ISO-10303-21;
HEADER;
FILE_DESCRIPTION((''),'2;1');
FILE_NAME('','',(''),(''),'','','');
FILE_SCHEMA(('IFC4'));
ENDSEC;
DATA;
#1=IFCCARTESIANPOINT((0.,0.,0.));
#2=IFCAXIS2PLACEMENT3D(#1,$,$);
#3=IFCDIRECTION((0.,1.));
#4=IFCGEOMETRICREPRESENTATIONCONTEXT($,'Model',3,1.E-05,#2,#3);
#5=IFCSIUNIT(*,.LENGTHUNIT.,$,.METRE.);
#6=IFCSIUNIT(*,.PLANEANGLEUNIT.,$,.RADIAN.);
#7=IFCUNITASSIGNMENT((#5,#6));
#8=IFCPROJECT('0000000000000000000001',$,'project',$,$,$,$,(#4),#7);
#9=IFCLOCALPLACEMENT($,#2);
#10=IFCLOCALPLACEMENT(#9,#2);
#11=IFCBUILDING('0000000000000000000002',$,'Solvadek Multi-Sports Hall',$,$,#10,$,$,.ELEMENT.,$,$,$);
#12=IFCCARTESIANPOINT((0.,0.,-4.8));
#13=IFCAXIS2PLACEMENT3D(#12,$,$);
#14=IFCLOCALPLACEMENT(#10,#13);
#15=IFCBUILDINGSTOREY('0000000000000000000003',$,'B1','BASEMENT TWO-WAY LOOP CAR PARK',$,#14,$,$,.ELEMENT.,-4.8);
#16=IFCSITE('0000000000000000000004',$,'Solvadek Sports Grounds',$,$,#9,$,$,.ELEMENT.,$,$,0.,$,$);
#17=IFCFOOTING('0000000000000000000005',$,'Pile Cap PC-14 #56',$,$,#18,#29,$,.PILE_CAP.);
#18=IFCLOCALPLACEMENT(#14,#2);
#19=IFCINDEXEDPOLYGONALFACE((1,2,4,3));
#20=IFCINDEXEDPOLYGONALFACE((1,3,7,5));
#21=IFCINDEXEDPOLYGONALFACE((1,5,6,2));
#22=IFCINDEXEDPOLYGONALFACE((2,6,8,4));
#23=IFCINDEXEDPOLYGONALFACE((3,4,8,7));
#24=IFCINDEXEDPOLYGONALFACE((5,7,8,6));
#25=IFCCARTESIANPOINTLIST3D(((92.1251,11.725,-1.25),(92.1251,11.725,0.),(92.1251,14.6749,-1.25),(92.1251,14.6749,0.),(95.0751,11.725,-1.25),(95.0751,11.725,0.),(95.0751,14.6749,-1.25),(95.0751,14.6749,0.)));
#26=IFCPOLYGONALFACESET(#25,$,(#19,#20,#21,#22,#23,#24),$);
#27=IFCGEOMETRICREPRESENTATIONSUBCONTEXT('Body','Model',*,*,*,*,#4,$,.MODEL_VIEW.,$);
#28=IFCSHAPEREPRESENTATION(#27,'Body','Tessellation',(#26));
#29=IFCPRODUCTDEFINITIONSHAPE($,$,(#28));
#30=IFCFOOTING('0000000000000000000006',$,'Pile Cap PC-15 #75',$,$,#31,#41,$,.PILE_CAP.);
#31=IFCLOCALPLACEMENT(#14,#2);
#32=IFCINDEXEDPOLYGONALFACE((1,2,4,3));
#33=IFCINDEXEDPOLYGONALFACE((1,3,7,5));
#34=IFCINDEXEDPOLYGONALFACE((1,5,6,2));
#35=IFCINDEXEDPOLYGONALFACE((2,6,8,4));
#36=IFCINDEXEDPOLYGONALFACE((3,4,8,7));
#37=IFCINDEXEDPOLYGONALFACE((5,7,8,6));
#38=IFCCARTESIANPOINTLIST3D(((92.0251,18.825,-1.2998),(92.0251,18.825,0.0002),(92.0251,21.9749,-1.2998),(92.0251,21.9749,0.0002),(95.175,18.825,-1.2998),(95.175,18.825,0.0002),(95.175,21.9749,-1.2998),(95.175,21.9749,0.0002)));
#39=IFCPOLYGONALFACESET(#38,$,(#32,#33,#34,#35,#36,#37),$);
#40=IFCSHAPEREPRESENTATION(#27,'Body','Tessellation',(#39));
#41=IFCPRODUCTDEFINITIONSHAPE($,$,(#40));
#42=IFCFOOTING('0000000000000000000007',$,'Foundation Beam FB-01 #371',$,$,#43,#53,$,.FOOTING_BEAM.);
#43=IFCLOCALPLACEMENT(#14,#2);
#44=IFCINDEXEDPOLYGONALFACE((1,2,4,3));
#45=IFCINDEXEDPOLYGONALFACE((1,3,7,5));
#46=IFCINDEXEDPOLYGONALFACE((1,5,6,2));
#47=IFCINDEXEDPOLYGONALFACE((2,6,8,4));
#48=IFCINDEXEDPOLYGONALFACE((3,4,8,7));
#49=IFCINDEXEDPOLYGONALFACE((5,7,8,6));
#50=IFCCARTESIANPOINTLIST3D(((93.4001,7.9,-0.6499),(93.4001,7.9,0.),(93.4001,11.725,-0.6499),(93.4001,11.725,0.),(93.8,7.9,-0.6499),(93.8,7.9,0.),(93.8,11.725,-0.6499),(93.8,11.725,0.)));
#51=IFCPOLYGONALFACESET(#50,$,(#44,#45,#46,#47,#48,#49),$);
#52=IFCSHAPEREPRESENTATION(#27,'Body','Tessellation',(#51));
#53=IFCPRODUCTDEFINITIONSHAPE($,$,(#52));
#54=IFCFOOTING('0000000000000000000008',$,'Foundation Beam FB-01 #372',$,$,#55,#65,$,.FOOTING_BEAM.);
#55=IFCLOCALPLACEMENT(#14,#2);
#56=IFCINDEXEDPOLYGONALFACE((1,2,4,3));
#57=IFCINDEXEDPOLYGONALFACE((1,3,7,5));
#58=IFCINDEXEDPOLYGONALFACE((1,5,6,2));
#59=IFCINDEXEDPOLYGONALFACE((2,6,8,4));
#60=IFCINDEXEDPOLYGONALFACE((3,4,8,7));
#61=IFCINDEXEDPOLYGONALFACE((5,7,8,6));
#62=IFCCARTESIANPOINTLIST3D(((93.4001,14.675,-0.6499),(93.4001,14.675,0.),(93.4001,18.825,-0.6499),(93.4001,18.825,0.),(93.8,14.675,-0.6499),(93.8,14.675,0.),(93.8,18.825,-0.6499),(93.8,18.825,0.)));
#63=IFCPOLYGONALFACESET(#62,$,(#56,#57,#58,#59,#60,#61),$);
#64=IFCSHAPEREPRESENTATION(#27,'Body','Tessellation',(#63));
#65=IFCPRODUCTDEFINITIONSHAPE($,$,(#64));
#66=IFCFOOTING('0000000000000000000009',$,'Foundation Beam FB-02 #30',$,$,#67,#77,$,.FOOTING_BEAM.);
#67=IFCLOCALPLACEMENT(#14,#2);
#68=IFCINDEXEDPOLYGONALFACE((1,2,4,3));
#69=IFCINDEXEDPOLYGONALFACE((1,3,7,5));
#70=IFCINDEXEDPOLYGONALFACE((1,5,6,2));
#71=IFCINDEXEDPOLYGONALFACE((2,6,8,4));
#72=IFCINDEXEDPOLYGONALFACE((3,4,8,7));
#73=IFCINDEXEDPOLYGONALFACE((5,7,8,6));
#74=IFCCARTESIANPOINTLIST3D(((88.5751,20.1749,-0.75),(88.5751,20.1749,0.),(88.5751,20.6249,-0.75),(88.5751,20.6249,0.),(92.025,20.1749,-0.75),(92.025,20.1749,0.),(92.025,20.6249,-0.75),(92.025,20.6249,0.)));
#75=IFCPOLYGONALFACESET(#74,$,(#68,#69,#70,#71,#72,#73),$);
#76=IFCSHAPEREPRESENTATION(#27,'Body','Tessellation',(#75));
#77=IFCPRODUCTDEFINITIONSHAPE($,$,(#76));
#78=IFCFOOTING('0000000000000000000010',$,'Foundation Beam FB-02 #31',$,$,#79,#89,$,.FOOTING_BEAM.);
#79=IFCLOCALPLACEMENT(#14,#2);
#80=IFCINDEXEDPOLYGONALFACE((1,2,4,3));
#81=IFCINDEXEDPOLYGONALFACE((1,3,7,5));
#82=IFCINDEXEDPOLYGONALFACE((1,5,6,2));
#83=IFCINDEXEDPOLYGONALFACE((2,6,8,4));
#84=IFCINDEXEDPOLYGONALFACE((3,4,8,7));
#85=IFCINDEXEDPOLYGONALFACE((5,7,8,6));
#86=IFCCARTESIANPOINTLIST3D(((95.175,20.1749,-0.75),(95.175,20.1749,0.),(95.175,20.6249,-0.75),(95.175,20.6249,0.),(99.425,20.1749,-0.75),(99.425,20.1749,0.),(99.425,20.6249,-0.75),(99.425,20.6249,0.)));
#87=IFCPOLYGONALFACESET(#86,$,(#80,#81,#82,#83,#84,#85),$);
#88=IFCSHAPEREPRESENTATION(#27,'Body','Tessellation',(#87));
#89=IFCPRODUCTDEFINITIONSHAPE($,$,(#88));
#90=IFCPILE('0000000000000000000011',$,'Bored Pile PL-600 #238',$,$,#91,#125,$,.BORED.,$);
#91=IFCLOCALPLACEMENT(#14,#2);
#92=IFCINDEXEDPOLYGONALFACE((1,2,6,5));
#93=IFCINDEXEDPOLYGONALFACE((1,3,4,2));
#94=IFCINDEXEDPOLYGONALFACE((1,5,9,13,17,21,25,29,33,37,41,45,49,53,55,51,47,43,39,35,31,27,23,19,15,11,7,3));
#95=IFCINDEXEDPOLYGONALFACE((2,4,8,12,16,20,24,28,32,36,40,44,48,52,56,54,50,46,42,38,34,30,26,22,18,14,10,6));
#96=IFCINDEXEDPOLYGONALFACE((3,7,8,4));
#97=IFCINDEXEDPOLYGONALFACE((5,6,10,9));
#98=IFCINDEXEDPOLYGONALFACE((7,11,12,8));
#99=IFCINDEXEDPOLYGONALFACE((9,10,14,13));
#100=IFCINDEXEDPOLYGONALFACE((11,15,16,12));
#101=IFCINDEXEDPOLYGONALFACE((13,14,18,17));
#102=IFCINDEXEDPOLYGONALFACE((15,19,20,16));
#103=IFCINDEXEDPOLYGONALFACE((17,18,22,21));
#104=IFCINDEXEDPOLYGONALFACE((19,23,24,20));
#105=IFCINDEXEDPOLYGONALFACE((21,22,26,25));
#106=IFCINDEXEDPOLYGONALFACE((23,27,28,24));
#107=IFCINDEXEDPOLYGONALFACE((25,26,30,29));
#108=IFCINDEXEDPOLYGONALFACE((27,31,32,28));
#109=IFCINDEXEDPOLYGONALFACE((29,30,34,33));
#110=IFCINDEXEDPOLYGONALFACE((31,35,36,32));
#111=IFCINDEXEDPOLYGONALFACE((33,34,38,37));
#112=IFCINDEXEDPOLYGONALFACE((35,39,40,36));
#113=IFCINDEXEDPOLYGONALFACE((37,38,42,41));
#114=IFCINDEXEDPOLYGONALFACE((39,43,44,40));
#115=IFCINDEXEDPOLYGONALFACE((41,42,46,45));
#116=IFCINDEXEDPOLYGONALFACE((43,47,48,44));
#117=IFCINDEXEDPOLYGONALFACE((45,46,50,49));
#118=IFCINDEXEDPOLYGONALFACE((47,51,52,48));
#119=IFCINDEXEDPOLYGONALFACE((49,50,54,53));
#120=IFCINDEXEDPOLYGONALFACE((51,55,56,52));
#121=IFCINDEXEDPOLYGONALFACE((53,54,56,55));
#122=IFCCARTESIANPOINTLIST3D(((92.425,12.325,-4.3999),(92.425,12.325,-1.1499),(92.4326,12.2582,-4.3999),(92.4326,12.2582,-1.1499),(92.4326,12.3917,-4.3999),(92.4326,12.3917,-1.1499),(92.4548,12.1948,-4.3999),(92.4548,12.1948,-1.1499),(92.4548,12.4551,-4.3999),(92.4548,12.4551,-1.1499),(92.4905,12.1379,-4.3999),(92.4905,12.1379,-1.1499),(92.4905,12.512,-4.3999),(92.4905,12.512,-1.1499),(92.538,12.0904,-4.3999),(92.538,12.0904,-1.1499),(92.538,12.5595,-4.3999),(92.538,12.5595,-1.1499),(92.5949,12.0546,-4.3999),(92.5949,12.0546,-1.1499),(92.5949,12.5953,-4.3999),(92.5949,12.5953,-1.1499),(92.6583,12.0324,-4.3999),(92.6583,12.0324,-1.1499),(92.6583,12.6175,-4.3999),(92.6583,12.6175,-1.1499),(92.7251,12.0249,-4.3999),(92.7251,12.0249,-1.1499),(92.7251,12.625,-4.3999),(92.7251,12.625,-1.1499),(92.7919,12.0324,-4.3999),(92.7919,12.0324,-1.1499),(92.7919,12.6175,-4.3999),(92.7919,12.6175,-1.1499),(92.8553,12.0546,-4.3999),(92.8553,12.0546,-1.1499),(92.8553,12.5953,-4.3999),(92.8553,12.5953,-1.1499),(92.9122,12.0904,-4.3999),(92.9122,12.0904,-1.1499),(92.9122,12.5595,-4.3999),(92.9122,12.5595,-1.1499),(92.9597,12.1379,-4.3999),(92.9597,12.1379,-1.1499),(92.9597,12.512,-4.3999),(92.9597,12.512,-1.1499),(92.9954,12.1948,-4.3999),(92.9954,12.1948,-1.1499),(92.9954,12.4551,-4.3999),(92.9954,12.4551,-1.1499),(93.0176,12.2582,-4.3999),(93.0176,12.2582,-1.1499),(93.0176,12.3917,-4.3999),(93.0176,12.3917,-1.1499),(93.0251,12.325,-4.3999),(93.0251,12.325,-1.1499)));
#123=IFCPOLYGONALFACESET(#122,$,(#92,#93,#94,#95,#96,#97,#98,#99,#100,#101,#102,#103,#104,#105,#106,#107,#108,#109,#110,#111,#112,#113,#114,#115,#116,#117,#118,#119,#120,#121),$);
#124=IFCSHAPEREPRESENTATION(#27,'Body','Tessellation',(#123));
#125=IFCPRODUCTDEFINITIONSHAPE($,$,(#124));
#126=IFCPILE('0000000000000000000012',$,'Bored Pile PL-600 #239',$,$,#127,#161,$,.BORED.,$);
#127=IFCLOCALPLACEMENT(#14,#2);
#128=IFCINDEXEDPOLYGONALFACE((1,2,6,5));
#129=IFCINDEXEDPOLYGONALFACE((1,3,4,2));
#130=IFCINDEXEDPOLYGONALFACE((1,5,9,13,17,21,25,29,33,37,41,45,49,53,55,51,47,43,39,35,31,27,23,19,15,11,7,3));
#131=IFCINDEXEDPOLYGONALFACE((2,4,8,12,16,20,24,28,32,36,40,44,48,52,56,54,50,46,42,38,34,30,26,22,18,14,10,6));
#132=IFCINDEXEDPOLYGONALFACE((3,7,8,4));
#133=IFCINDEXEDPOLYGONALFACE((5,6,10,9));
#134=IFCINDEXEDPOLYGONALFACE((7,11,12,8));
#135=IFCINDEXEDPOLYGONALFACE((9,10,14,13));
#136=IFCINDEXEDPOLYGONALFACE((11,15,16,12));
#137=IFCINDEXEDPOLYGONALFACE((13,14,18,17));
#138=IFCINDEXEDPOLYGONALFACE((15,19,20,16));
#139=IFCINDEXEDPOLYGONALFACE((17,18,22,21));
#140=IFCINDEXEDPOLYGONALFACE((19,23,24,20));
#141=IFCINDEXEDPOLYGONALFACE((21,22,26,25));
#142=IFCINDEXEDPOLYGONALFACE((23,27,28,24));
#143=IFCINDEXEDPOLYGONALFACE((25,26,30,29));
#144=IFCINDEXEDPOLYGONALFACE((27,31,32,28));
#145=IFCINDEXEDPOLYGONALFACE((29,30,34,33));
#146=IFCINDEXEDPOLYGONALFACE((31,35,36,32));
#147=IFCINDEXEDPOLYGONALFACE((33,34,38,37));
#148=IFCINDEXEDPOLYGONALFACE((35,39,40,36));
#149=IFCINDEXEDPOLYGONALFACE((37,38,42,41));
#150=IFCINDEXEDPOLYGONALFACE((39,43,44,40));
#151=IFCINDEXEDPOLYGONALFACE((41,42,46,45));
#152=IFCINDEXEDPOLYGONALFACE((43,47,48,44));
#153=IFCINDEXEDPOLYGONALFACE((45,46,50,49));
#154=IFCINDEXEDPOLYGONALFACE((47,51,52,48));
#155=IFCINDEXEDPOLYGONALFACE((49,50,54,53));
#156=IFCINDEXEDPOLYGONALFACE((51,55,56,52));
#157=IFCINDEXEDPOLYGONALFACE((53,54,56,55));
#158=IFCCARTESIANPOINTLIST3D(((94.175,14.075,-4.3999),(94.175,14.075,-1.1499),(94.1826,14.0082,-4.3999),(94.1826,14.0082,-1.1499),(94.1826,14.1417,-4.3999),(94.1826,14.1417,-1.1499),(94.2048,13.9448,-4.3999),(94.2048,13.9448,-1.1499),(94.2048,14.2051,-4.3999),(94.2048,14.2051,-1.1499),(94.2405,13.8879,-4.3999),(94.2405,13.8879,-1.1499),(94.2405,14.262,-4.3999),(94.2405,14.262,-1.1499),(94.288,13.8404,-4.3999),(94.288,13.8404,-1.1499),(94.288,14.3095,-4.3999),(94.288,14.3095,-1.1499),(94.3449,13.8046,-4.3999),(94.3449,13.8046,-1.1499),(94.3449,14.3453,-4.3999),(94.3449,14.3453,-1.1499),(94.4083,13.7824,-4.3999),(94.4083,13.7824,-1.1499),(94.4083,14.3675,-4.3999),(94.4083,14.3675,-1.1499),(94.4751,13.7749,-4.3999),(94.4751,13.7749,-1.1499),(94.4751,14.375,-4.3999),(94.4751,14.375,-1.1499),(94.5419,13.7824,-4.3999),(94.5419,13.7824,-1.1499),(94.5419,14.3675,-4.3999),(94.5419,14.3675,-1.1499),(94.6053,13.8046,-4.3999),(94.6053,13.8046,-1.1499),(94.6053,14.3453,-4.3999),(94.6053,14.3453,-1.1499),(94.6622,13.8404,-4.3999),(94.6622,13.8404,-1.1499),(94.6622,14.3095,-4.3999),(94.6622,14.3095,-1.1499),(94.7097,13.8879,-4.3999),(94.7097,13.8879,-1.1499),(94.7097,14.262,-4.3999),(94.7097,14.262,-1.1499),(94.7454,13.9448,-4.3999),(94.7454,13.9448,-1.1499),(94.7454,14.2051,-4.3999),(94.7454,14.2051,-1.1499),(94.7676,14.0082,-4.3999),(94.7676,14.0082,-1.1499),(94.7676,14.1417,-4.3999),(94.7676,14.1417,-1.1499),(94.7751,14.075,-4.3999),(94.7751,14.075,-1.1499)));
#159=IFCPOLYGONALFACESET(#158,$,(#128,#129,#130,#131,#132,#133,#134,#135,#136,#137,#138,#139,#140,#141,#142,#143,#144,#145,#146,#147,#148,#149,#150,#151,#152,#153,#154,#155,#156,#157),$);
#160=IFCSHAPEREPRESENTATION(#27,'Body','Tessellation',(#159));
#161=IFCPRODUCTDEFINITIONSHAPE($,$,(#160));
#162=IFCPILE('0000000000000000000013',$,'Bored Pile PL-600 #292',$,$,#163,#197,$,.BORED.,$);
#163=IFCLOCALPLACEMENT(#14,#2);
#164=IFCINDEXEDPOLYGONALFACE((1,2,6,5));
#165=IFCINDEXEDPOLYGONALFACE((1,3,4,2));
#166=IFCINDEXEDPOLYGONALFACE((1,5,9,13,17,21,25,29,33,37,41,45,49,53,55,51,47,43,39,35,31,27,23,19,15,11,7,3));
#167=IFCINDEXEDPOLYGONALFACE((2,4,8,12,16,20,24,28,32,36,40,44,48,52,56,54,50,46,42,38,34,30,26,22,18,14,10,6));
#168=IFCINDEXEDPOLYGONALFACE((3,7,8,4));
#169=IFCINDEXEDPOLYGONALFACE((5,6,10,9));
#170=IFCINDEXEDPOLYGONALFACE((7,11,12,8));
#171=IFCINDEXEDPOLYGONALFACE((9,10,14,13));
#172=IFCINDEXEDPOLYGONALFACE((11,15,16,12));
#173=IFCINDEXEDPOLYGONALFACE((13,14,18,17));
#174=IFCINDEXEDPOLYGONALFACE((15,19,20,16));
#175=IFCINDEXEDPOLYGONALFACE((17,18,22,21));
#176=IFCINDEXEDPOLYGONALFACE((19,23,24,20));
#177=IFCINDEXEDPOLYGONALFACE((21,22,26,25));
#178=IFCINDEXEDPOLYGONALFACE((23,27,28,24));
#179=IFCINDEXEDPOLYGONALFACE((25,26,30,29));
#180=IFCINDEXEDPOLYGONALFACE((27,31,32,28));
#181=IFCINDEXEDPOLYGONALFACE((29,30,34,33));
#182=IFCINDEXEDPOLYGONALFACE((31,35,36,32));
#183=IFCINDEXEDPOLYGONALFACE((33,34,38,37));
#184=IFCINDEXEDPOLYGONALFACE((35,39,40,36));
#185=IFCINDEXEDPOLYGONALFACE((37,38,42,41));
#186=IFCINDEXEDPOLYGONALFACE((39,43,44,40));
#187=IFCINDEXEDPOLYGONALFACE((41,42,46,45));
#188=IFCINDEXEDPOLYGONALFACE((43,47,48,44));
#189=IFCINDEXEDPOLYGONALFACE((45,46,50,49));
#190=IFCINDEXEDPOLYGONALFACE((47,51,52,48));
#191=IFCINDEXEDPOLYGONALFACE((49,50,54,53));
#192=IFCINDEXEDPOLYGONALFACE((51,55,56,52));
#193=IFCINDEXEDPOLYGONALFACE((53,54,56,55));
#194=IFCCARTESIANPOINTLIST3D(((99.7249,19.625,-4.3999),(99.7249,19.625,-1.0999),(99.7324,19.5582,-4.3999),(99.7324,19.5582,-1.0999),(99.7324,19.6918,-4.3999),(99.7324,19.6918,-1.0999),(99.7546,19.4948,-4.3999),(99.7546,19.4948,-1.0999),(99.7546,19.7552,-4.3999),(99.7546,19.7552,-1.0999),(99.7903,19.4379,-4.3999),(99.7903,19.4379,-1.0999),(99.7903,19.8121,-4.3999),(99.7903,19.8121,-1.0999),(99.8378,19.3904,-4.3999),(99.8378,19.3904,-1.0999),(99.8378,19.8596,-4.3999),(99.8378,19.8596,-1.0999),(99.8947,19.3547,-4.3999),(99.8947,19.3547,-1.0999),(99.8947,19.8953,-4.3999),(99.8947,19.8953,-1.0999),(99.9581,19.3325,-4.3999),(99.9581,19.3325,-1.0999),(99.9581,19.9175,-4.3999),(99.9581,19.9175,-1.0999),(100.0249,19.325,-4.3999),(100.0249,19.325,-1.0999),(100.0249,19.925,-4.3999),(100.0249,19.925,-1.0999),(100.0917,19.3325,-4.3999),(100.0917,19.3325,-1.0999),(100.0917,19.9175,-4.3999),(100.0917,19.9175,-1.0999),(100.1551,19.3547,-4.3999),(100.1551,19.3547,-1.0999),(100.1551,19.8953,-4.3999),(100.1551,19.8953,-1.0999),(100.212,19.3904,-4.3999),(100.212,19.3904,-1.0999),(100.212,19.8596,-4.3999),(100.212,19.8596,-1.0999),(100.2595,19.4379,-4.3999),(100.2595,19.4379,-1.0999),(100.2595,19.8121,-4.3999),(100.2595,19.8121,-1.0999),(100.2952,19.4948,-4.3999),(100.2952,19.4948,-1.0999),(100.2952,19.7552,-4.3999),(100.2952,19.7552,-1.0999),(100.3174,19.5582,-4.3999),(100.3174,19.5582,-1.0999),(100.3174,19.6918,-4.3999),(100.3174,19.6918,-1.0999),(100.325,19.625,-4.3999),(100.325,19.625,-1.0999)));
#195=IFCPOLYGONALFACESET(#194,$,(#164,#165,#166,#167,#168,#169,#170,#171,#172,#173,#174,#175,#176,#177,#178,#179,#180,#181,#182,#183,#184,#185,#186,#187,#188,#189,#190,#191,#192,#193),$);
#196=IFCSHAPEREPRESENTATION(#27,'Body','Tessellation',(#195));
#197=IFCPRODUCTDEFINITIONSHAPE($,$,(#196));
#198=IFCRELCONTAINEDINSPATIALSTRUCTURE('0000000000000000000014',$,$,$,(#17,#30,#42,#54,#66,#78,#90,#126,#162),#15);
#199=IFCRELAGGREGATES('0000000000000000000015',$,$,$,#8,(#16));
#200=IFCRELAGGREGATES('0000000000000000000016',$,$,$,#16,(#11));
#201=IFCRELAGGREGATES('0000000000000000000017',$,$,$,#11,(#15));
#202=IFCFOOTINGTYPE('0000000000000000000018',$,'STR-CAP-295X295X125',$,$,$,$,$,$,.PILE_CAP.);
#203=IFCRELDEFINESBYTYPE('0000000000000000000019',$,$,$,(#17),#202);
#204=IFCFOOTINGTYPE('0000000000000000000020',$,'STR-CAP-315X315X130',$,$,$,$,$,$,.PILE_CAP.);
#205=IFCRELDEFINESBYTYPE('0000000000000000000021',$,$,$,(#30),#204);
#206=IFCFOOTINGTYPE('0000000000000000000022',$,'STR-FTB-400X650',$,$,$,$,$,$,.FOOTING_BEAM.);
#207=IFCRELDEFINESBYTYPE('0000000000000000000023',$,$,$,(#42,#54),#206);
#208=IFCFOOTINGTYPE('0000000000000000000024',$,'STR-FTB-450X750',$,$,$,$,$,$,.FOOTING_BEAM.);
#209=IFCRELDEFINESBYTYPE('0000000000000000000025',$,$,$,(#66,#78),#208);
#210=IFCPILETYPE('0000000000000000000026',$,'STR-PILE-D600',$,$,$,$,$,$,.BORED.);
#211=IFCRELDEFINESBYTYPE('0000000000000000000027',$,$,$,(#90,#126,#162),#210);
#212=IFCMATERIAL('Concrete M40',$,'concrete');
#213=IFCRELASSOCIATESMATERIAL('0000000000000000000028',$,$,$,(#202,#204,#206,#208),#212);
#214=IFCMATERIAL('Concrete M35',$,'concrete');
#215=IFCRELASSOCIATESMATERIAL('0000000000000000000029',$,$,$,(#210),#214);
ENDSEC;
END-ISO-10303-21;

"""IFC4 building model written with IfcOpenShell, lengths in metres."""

from ifc_helpers import new_model, si_unit, direction, frame, origin, origin_2d, place, context, subcontext, project, spatial, rectangle, circle, extrude, material, material_profile, profile_set, type_object, element, save


model = new_model("IFC4")

# Units and contexts
model_context = context("Model", 3, precision=1e-05, world=origin(), true_north=direction((0.0, 1.0)))
body_context = subcontext(model_context, "Body", "Model", "MODEL_VIEW")
ifc_project = project(units=[si_unit("LENGTHUNIT", "METRE"), si_unit("PLANEANGLEUNIT", "RADIAN")], contexts=[model_context])

# Site, building, storey
site_placement = place(None, origin())
site = spatial("IfcSite", under=ifc_project, at=site_placement, Name="Solvadek Sports Grounds", CompositionType="ELEMENT", RefElevation=0.0)
building_placement = place(site_placement, origin())
building = spatial("IfcBuilding", under=site, at=building_placement, Name="Solvadek Multi-Sports Hall", CompositionType="ELEMENT")
storey_placement = place(building_placement, frame((0.0, 0.0, -4.8)))
storey = spatial("IfcBuildingStorey", under=building, at=storey_placement, Name="B1", Description="BASEMENT TWO-WAY LOOP CAR PARK", CompositionType="ELEMENT", Elevation=-4.8)

# Footings
ifc_material_1 = material(Name="Concrete M40", Category="concrete")
footing_type_1 = type_object("IfcFootingType", Name="STR-CAP-295X295X125", PredefinedType="PILE_CAP", material=ifc_material_1)
footing_1_placement = place(storey_placement, frame((93.6001, 13.2, -1.25), z_axis=(0.0, 0.0, 1.0), x_axis=(1.0, 0.0, 0.0)))
element("IfcFooting", 1, at=footing_1_placement, inside=storey, type_object=footing_type_1, Name="Pile Cap PC-14 #56", PredefinedType="PILE_CAP", context=body_context, shape_type="SweptSolid", body=[
    extrude(rectangle(XDim=2.95, YDim=2.95, at=origin_2d()), origin(), (0.0, 0.0, 1.0), 1.25),
])
footing_type_2 = type_object("IfcFootingType", Name="STR-CAP-315X315X130", PredefinedType="PILE_CAP", material=ifc_material_1)
footing_2_placement = place(storey_placement, frame((93.6001, 20.3999, -1.2998), z_axis=(0.0, 0.0, 1.0), x_axis=(1.0, 0.0, 0.0)))
element("IfcFooting", 2, at=footing_2_placement, inside=storey, type_object=footing_type_2, Name="Pile Cap PC-15 #75", PredefinedType="PILE_CAP", context=body_context, shape_type="SweptSolid", body=[
    extrude(rectangle(XDim=3.1499, YDim=3.1499, at=origin_2d()), origin(), (0.0, 0.0, 1.0), 1.3),
])
footing_type_3 = type_object("IfcFootingType", Name="STR-FTB-400X650", PredefinedType="FOOTING_BEAM", material=ifc_material_1)
footing_3_placement = place(storey_placement, frame((93.6001, 9.8125, -0.6499), z_axis=(0.0, 0.0, 1.0), x_axis=(0.0, 1.0, 0.0)))
element("IfcFooting", 3, at=footing_3_placement, inside=storey, type_object=footing_type_3, Name="Foundation Beam FB-01 #371", PredefinedType="FOOTING_BEAM", context=body_context, shape_type="SweptSolid", body=[
    extrude(rectangle(XDim=3.825, YDim=0.3999, at=origin_2d()), origin(), (0.0, 0.0, 1.0), 0.6499),
])
footing_4_placement = place(storey_placement, frame((93.6001, 16.75, -0.6499), z_axis=(0.0, 0.0, 1.0), x_axis=(0.0, 1.0, 0.0)))
element("IfcFooting", 4, at=footing_4_placement, inside=storey, type_object=footing_type_3, Name="Foundation Beam FB-01 #372", PredefinedType="FOOTING_BEAM", context=body_context, shape_type="SweptSolid", body=[
    extrude(rectangle(XDim=4.1499, YDim=0.3999, at=origin_2d()), origin(), (0.0, 0.0, 1.0), 0.6499),
])
footing_type_4 = type_object("IfcFootingType", Name="STR-FTB-450X750", PredefinedType="FOOTING_BEAM", material=ifc_material_1)
footing_5_placement = place(storey_placement, frame((90.3, 20.3999, -0.75), z_axis=(0.0, 0.0, 1.0), x_axis=(1.0, 0.0, 0.0)))
element("IfcFooting", 5, at=footing_5_placement, inside=storey, type_object=footing_type_4, Name="Foundation Beam FB-02 #30", PredefinedType="FOOTING_BEAM", context=body_context, shape_type="SweptSolid", body=[
    extrude(rectangle(XDim=3.45, YDim=0.45, at=origin_2d()), origin(), (0.0, 0.0, 1.0), 0.75),
])
footing_6_placement = place(storey_placement, frame((97.3, 20.3999, -0.75), z_axis=(0.0, 0.0, 1.0), x_axis=(1.0, 0.0, 0.0)))
element("IfcFooting", 6, at=footing_6_placement, inside=storey, type_object=footing_type_4, Name="Foundation Beam FB-02 #31", PredefinedType="FOOTING_BEAM", context=body_context, shape_type="SweptSolid", body=[
    extrude(rectangle(XDim=4.25, YDim=0.45, at=origin_2d()), origin(), (0.0, 0.0, 1.0), 0.75),
])

# Piles
ifc_material_2 = material(Name="Concrete M35", Category="concrete")
ifc_material_profile_1 = material_profile(ifc_material_2, circle(Radius=0.3, at=origin_2d()), Name="BORED PILE D600")
ifc_profile_set_1 = profile_set([ifc_material_profile_1], Name="Concrete M35")
pile_type_1 = type_object("IfcPileType", Name="STR-PILE-D600", PredefinedType="BORED", material=ifc_profile_set_1)
for number, where, z_axis, x_axis, name in (
    (7, (92.7251, 12.325, -1.1499), (0.0, 0.0, -1.0), (1.0, 0.0, 0.0), "Bored Pile PL-600 #238"),
    (8, (94.4751, 14.075, -1.1499), (0.0, 0.0, -1.0), (1.0, 0.0, 0.0), "Bored Pile PL-600 #239"),
):
    element("IfcPile", number, at=place(storey_placement, frame(where, z_axis=z_axis, x_axis=x_axis)), inside=storey, type_object=pile_type_1, Name=name, PredefinedType="BORED", context=body_context, shape_type="SweptSolid", body=[
        extrude(circle(Radius=0.3, at=origin_2d()), origin(), (0.0, 0.0, 1.0), 3.25),
    ])
pile_1_placement = place(storey_placement, frame((100.0249, 19.625, -1.0999), z_axis=(0.0, 0.0, -1.0), x_axis=(1.0, 0.0, 0.0)))
element("IfcPile", 9, at=pile_1_placement, inside=storey, type_object=pile_type_1, Name="Bored Pile PL-600 #292", PredefinedType="BORED", context=body_context, shape_type="SweptSolid", body=[
    extrude(circle(Radius=0.3, at=origin_2d()), origin(), (0.0, 0.0, 1.0), 3.3),
])

save(model, "model.ifc")
